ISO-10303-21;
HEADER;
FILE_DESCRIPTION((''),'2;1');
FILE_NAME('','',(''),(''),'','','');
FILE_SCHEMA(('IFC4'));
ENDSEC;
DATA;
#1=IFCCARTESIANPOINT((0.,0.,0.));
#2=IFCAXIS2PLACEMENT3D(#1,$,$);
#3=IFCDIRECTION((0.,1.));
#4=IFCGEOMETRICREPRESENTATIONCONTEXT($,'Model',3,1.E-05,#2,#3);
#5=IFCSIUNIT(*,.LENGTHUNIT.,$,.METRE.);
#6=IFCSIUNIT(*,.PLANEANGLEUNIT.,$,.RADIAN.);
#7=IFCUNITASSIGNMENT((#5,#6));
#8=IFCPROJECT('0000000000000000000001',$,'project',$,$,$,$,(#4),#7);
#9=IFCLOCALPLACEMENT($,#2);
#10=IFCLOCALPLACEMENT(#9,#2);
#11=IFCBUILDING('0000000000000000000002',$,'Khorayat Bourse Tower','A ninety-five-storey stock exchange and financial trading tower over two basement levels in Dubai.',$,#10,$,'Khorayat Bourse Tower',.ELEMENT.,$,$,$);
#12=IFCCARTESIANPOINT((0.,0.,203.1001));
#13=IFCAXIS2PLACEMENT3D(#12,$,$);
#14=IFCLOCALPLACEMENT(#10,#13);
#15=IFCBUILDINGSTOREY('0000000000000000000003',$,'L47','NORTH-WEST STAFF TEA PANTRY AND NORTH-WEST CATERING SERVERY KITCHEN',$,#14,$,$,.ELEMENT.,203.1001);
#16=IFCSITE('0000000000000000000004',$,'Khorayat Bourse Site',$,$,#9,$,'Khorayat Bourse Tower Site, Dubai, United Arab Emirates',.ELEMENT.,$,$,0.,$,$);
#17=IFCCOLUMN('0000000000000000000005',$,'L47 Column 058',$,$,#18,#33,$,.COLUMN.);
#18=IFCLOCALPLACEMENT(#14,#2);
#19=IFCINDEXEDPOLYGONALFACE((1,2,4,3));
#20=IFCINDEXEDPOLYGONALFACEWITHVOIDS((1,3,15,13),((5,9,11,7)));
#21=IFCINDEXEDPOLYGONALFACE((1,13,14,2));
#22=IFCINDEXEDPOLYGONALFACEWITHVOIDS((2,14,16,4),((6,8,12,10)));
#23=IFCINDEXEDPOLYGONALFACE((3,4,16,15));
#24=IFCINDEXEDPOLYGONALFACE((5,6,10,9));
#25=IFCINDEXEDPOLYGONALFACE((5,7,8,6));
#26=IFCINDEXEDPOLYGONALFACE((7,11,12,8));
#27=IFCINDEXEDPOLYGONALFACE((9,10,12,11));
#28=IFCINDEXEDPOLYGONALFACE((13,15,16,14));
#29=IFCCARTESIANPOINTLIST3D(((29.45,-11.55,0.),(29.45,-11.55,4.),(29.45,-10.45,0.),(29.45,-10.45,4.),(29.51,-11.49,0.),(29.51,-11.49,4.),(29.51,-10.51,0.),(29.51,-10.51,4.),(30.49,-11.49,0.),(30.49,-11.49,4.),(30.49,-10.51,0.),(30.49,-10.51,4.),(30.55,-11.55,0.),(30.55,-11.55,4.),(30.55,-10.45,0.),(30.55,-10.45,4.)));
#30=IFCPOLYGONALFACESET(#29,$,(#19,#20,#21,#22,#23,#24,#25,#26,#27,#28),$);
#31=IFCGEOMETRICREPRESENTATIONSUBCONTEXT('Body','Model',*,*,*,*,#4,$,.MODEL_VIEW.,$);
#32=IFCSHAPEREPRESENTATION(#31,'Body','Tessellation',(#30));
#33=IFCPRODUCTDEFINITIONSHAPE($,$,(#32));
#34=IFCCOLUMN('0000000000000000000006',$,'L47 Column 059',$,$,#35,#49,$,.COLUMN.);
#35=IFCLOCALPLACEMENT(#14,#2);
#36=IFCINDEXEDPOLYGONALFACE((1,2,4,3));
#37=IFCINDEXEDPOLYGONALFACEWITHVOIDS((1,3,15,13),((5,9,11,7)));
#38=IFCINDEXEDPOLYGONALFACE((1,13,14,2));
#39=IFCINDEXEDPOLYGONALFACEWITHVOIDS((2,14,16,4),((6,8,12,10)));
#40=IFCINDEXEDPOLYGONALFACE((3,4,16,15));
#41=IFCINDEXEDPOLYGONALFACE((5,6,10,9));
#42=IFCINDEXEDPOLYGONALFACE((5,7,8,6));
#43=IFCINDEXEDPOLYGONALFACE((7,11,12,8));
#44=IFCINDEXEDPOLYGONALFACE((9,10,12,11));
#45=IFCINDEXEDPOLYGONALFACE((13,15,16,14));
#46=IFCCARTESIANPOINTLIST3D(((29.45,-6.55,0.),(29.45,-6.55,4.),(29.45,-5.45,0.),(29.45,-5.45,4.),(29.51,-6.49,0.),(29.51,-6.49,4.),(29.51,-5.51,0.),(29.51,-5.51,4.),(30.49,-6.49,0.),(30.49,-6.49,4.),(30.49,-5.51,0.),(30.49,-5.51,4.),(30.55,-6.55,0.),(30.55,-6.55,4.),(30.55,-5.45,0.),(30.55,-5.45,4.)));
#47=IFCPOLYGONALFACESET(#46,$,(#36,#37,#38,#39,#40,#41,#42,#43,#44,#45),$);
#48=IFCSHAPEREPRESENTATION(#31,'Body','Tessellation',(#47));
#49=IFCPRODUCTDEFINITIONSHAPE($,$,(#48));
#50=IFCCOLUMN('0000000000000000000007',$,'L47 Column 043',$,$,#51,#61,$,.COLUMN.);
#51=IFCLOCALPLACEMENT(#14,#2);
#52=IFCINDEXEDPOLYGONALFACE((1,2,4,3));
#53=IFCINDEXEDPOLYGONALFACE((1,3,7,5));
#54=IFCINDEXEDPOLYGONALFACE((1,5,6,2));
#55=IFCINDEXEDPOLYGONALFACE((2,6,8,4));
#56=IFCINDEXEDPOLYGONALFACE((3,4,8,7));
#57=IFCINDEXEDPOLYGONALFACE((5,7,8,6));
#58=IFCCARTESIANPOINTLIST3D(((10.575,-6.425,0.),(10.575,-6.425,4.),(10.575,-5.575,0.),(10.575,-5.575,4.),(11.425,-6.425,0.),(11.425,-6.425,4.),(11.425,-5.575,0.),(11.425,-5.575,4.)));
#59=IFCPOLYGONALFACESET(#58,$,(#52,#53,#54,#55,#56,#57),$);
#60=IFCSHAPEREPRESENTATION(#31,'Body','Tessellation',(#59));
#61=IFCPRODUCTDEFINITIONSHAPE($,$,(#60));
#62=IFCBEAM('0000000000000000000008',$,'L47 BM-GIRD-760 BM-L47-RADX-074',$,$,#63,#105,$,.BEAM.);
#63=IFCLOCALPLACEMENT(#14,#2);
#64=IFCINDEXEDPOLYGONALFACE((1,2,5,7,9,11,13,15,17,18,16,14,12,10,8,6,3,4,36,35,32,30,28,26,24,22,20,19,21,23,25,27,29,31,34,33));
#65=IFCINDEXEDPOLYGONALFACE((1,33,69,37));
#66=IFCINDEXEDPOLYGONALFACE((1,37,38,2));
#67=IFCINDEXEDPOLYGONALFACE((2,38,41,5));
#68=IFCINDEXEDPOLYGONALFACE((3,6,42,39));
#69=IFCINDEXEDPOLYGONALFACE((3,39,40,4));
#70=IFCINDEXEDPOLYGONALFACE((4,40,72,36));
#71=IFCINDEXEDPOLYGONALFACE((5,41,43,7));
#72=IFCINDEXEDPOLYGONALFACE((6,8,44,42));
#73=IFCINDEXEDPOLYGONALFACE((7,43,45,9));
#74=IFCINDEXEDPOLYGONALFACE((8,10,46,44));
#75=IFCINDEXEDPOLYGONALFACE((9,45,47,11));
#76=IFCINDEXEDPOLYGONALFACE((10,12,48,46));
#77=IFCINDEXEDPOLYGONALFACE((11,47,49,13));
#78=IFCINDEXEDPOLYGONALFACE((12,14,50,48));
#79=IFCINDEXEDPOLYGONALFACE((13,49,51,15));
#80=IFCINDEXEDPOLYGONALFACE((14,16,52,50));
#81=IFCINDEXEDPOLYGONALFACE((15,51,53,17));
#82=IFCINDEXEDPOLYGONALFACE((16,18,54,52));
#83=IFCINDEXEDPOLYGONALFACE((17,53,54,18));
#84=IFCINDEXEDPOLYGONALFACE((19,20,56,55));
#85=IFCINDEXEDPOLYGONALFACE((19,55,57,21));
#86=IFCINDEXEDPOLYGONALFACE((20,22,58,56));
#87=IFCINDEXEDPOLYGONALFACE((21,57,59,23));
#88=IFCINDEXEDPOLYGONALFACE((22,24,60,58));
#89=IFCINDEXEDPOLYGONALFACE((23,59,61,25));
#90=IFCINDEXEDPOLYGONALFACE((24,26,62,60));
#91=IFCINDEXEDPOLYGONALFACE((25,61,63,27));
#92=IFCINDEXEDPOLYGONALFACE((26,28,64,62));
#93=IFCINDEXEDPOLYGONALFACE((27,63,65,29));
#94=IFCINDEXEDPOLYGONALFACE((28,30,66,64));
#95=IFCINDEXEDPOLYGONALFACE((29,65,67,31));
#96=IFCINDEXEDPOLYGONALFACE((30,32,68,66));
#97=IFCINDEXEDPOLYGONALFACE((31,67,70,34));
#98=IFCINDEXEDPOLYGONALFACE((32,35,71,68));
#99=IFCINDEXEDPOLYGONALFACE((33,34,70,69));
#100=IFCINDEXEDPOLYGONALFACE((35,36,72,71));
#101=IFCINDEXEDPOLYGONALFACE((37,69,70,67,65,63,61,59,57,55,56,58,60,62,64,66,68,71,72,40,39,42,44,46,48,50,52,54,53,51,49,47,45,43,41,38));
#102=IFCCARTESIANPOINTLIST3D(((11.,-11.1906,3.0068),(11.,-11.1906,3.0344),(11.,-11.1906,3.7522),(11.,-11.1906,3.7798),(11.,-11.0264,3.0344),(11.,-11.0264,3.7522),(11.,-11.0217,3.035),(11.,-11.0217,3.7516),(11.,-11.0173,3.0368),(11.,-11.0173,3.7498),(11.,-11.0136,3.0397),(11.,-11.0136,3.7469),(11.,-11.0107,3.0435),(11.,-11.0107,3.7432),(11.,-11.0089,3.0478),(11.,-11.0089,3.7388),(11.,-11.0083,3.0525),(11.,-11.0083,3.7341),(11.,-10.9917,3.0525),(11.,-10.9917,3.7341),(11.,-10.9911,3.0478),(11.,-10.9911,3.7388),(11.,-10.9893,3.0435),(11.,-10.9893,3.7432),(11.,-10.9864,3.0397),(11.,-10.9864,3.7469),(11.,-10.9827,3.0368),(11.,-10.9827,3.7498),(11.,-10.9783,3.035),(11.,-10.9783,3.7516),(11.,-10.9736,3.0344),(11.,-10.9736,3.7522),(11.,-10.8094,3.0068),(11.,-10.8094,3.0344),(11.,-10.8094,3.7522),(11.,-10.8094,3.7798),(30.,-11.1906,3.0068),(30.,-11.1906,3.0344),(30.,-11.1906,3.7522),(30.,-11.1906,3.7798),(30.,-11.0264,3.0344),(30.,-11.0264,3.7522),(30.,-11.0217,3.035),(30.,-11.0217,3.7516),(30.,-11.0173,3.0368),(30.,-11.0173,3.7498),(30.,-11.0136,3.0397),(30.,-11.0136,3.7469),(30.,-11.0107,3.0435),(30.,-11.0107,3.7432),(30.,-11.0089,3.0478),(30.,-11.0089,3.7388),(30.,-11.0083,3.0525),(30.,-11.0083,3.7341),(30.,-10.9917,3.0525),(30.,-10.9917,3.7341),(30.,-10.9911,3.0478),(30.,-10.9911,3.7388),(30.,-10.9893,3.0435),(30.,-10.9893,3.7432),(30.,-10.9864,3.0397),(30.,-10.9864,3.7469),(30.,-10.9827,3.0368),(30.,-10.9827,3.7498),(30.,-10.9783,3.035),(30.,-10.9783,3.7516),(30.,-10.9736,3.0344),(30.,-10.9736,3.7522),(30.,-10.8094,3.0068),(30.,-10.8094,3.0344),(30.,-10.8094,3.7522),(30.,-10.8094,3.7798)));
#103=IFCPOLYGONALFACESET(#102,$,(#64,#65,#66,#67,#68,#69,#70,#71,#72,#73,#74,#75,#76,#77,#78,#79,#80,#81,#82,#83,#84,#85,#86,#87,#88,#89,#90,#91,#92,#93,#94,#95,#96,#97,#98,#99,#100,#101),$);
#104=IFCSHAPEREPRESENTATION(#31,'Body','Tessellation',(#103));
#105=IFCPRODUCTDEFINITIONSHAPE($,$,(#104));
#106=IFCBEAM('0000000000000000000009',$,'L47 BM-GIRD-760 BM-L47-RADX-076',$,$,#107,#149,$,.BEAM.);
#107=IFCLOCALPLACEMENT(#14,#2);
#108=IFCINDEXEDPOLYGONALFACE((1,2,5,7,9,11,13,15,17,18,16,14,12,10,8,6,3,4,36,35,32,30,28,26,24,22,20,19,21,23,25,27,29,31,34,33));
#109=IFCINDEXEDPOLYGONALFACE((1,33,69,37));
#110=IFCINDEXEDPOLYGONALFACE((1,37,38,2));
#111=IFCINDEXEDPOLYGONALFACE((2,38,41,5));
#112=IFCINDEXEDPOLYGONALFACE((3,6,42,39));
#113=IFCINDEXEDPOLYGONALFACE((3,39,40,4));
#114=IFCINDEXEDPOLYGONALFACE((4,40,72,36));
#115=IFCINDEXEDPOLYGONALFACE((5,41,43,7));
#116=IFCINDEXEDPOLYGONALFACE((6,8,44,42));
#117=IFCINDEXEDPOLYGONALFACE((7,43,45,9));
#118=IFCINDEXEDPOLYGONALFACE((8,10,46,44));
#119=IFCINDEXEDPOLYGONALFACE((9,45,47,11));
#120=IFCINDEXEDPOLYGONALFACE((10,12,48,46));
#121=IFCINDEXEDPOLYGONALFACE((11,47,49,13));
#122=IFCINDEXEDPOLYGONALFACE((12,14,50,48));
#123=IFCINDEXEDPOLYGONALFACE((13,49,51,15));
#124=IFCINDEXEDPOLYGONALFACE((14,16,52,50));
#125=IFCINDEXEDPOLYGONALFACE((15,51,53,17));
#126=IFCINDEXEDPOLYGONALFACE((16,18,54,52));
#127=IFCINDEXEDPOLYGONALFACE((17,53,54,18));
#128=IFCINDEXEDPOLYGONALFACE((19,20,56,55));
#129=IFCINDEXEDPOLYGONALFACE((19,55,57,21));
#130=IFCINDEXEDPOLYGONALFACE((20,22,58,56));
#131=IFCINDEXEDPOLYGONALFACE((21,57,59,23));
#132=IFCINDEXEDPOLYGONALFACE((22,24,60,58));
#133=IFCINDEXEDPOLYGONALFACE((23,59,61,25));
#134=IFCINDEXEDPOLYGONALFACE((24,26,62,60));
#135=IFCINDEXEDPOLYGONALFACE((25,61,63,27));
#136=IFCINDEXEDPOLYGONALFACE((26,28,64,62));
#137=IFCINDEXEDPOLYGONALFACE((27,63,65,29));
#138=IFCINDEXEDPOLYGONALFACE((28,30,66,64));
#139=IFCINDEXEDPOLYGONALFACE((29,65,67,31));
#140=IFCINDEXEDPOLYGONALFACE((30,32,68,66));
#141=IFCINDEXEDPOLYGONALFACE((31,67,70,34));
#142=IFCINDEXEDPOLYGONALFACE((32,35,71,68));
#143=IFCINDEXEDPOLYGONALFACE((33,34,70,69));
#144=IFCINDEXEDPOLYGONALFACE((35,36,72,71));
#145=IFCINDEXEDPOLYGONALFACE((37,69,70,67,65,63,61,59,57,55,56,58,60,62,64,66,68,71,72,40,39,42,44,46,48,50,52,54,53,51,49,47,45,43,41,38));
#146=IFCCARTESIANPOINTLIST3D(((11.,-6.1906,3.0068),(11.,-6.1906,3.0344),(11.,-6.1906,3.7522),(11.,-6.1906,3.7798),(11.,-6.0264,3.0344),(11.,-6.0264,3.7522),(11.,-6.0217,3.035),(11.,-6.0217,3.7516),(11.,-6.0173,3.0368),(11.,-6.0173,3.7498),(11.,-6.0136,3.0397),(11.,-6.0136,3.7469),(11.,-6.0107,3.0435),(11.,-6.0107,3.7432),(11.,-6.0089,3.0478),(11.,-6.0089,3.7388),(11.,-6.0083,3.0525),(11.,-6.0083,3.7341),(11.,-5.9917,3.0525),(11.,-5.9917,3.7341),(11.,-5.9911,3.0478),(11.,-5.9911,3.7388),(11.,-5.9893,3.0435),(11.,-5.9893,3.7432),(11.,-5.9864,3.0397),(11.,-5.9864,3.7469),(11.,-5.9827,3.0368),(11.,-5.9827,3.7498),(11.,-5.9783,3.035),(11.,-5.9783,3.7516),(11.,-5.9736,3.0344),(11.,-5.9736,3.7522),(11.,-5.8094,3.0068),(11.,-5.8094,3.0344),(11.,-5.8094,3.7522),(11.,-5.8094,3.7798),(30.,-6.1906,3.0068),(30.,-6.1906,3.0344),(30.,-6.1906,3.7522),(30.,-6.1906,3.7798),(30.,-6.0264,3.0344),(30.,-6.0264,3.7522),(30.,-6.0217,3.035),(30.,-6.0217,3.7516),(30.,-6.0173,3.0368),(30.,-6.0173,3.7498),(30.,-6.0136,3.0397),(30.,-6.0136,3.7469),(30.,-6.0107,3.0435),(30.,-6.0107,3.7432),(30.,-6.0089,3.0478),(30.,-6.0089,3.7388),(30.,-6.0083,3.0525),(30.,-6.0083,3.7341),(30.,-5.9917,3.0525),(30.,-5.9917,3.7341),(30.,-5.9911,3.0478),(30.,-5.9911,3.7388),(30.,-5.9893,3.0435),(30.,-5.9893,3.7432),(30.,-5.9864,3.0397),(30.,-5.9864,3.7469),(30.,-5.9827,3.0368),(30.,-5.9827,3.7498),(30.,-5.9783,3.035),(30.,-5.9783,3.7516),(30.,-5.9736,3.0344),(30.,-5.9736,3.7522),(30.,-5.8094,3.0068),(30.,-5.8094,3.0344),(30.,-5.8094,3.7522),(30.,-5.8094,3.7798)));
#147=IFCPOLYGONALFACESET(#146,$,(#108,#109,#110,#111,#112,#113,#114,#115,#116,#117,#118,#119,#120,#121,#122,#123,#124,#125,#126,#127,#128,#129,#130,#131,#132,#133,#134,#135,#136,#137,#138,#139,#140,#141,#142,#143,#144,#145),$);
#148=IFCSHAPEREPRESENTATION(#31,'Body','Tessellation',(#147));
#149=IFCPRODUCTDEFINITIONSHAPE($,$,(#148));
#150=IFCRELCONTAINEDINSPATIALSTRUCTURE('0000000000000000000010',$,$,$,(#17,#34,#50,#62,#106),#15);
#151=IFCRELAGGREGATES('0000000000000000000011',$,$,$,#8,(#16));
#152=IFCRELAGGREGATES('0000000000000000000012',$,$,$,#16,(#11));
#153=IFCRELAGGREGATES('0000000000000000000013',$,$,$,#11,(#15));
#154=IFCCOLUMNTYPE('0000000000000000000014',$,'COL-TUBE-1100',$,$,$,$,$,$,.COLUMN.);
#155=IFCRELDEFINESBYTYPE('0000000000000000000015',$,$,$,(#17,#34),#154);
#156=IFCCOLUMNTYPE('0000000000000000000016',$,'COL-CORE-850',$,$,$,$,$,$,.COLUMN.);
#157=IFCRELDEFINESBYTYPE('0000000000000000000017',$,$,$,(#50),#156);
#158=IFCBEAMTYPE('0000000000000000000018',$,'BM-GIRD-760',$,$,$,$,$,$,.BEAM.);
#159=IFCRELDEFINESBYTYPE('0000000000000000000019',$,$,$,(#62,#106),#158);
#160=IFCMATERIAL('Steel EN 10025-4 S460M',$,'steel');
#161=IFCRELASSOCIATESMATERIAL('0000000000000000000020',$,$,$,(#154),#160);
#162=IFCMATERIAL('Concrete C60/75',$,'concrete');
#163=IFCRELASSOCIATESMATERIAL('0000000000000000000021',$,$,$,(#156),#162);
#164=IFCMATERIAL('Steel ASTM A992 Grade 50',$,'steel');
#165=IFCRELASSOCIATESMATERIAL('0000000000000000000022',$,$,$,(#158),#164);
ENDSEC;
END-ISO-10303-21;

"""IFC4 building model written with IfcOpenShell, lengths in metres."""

from ifc_helpers import new_model, si_unit, direction, frame, origin, origin_2d, place, context, subcontext, project, spatial, rectangle, hollow_rectangle, i_section, extrude, source, transform, mapped, material, material_profile, profile_set, type_object, element, save


model = new_model("IFC4")

# Units and contexts
model_context = context("Model", 3, precision=1e-05, world=origin(), true_north=direction((0.0, 1.0)))
body_context = subcontext(model_context, "Body", "Model", "MODEL_VIEW")
ifc_project = project(units=[si_unit("LENGTHUNIT", "METRE"), si_unit("PLANEANGLEUNIT", "RADIAN")], contexts=[model_context])

# Site, building, storey
site_placement = place(None, origin())
site = spatial("IfcSite", under=ifc_project, at=site_placement, Name="Khorayat Bourse Site", LongName="Khorayat Bourse Tower Site, Dubai, United Arab Emirates", CompositionType="ELEMENT", RefElevation=0.0)
building_placement = place(site_placement, origin())
building = spatial("IfcBuilding", under=site, at=building_placement, Name="Khorayat Bourse Tower", Description="A ninety-five-storey stock exchange and financial trading tower over two basement levels in Dubai.", LongName="Khorayat Bourse Tower", CompositionType="ELEMENT")
storey_placement = place(building_placement, frame((0.0, 0.0, 203.1001)))
storey = spatial("IfcBuildingStorey", under=building, at=storey_placement, Name="L47", Description="NORTH-WEST STAFF TEA PANTRY AND NORTH-WEST CATERING SERVERY KITCHEN", CompositionType="ELEMENT", Elevation=203.1001)

# Columns
ifc_material_1 = material(Name="Steel EN 10025-4 S460M", Category="steel")
ifc_material_profile_1 = material_profile(ifc_material_1, hollow_rectangle(XDim=1.1001, YDim=1.1001, WallThickness=0.0601, at=origin_2d()), Name="BOX 1100x1100x60")
ifc_profile_set_1 = profile_set([ifc_material_profile_1], Name="Steel EN 10025-4 S460M")
column_type_1 = type_object("IfcColumnType", Name="COL-TUBE-1100", PredefinedType="COLUMN", material=ifc_profile_set_1)
shared_shape_1 = source(origin(), body_context, "Body", "SweptSolid", [
    extrude(hollow_rectangle(XDim=1.1001, YDim=1.1001, WallThickness=0.0601, at=origin_2d()), origin(), (0.0, 0.0, 1.0), 4.0),
])
for number, where, z_axis, x_axis, name in (
    (1, (30.0, -11.0, 0.0), (0.0, 0.0, 1.0), (1.0, 0.0, 0.0), "L47 Column 058"),
    (2, (30.0, -6.0, 0.0), (0.0, 0.0, 1.0), (1.0, 0.0, 0.0), "L47 Column 059"),
):
    element("IfcColumn", number, at=place(storey_placement, frame(where, z_axis=z_axis, x_axis=x_axis)), inside=storey, type_object=column_type_1, Name=name, PredefinedType="COLUMN", context=body_context, shape_type="MappedRepresentation", body=[
        mapped(shared_shape_1, transform((0.0, 0.0, 0.0), scale=1.0)),
    ])
ifc_material_2 = material(Name="Concrete C60/75", Category="concrete")
ifc_material_profile_2 = material_profile(ifc_material_2, rectangle(XDim=0.8501, YDim=0.8501, at=origin_2d()), Name="RC 850x850")
ifc_profile_set_2 = profile_set([ifc_material_profile_2], Name="Concrete C60/75")
column_type_2 = type_object("IfcColumnType", Name="COL-CORE-850", PredefinedType="COLUMN", material=ifc_profile_set_2)
shared_shape_2 = source(origin(), body_context, "Body", "SweptSolid", [
    extrude(rectangle(XDim=0.8501, YDim=0.8501, at=origin_2d()), origin(), (0.0, 0.0, 1.0), 4.0),
])
column_placement = place(storey_placement, frame((11.0, -6.0, 0.0), z_axis=(0.0, 0.0, 1.0), x_axis=(1.0, 0.0, 0.0)))
element("IfcColumn", 3, at=column_placement, inside=storey, type_object=column_type_2, Name="L47 Column 043", PredefinedType="COLUMN", context=body_context, shape_type="MappedRepresentation", body=[
    mapped(shared_shape_2, transform((0.0, 0.0, 0.0), scale=1.0)),
])

# Beams
ifc_material_3 = material(Name="Steel ASTM A992 Grade 50", Category="steel")
ifc_material_profile_3 = material_profile(ifc_material_3, i_section(OverallWidth=0.3811, OverallDepth=0.7729, WebThickness=0.0166, FlangeThickness=0.0276, FilletRadius=0.0181, at=origin_2d()), Name="W760X257")
ifc_profile_set_3 = profile_set([ifc_material_profile_3], Name="Steel ASTM A992 Grade 50")
beam_type_1 = type_object("IfcBeamType", Name="BM-GIRD-760", PredefinedType="BEAM", material=ifc_profile_set_3)
shared_shape_3 = source(origin(), body_context, "Body", "SweptSolid", [
    extrude(i_section(OverallWidth=0.3811, OverallDepth=0.7729, WebThickness=0.0166, FlangeThickness=0.0276, FilletRadius=0.0181, at=origin_2d()), origin(), (0.0, 0.0, 1.0), 19.0),
])
for number, where, z_axis, x_axis, name in (
    (4, (11.0, -11.0, 3.3933), (1.0, 0.0, 0.0), (0.0, 1.0, 0.0), "L47 BM-GIRD-760 BM-L47-RADX-074"),
    (5, (11.0, -6.0, 3.3933), (1.0, 0.0, 0.0), (0.0, 1.0, 0.0), "L47 BM-GIRD-760 BM-L47-RADX-076"),
):
    element("IfcBeam", number, at=place(storey_placement, frame(where, z_axis=z_axis, x_axis=x_axis)), inside=storey, type_object=beam_type_1, Name=name, PredefinedType="BEAM", context=body_context, shape_type="MappedRepresentation", body=[
        mapped(shared_shape_3, transform((0.0, 0.0, 0.0), scale=1.0)),
    ])

save(model, "model.ifc")
